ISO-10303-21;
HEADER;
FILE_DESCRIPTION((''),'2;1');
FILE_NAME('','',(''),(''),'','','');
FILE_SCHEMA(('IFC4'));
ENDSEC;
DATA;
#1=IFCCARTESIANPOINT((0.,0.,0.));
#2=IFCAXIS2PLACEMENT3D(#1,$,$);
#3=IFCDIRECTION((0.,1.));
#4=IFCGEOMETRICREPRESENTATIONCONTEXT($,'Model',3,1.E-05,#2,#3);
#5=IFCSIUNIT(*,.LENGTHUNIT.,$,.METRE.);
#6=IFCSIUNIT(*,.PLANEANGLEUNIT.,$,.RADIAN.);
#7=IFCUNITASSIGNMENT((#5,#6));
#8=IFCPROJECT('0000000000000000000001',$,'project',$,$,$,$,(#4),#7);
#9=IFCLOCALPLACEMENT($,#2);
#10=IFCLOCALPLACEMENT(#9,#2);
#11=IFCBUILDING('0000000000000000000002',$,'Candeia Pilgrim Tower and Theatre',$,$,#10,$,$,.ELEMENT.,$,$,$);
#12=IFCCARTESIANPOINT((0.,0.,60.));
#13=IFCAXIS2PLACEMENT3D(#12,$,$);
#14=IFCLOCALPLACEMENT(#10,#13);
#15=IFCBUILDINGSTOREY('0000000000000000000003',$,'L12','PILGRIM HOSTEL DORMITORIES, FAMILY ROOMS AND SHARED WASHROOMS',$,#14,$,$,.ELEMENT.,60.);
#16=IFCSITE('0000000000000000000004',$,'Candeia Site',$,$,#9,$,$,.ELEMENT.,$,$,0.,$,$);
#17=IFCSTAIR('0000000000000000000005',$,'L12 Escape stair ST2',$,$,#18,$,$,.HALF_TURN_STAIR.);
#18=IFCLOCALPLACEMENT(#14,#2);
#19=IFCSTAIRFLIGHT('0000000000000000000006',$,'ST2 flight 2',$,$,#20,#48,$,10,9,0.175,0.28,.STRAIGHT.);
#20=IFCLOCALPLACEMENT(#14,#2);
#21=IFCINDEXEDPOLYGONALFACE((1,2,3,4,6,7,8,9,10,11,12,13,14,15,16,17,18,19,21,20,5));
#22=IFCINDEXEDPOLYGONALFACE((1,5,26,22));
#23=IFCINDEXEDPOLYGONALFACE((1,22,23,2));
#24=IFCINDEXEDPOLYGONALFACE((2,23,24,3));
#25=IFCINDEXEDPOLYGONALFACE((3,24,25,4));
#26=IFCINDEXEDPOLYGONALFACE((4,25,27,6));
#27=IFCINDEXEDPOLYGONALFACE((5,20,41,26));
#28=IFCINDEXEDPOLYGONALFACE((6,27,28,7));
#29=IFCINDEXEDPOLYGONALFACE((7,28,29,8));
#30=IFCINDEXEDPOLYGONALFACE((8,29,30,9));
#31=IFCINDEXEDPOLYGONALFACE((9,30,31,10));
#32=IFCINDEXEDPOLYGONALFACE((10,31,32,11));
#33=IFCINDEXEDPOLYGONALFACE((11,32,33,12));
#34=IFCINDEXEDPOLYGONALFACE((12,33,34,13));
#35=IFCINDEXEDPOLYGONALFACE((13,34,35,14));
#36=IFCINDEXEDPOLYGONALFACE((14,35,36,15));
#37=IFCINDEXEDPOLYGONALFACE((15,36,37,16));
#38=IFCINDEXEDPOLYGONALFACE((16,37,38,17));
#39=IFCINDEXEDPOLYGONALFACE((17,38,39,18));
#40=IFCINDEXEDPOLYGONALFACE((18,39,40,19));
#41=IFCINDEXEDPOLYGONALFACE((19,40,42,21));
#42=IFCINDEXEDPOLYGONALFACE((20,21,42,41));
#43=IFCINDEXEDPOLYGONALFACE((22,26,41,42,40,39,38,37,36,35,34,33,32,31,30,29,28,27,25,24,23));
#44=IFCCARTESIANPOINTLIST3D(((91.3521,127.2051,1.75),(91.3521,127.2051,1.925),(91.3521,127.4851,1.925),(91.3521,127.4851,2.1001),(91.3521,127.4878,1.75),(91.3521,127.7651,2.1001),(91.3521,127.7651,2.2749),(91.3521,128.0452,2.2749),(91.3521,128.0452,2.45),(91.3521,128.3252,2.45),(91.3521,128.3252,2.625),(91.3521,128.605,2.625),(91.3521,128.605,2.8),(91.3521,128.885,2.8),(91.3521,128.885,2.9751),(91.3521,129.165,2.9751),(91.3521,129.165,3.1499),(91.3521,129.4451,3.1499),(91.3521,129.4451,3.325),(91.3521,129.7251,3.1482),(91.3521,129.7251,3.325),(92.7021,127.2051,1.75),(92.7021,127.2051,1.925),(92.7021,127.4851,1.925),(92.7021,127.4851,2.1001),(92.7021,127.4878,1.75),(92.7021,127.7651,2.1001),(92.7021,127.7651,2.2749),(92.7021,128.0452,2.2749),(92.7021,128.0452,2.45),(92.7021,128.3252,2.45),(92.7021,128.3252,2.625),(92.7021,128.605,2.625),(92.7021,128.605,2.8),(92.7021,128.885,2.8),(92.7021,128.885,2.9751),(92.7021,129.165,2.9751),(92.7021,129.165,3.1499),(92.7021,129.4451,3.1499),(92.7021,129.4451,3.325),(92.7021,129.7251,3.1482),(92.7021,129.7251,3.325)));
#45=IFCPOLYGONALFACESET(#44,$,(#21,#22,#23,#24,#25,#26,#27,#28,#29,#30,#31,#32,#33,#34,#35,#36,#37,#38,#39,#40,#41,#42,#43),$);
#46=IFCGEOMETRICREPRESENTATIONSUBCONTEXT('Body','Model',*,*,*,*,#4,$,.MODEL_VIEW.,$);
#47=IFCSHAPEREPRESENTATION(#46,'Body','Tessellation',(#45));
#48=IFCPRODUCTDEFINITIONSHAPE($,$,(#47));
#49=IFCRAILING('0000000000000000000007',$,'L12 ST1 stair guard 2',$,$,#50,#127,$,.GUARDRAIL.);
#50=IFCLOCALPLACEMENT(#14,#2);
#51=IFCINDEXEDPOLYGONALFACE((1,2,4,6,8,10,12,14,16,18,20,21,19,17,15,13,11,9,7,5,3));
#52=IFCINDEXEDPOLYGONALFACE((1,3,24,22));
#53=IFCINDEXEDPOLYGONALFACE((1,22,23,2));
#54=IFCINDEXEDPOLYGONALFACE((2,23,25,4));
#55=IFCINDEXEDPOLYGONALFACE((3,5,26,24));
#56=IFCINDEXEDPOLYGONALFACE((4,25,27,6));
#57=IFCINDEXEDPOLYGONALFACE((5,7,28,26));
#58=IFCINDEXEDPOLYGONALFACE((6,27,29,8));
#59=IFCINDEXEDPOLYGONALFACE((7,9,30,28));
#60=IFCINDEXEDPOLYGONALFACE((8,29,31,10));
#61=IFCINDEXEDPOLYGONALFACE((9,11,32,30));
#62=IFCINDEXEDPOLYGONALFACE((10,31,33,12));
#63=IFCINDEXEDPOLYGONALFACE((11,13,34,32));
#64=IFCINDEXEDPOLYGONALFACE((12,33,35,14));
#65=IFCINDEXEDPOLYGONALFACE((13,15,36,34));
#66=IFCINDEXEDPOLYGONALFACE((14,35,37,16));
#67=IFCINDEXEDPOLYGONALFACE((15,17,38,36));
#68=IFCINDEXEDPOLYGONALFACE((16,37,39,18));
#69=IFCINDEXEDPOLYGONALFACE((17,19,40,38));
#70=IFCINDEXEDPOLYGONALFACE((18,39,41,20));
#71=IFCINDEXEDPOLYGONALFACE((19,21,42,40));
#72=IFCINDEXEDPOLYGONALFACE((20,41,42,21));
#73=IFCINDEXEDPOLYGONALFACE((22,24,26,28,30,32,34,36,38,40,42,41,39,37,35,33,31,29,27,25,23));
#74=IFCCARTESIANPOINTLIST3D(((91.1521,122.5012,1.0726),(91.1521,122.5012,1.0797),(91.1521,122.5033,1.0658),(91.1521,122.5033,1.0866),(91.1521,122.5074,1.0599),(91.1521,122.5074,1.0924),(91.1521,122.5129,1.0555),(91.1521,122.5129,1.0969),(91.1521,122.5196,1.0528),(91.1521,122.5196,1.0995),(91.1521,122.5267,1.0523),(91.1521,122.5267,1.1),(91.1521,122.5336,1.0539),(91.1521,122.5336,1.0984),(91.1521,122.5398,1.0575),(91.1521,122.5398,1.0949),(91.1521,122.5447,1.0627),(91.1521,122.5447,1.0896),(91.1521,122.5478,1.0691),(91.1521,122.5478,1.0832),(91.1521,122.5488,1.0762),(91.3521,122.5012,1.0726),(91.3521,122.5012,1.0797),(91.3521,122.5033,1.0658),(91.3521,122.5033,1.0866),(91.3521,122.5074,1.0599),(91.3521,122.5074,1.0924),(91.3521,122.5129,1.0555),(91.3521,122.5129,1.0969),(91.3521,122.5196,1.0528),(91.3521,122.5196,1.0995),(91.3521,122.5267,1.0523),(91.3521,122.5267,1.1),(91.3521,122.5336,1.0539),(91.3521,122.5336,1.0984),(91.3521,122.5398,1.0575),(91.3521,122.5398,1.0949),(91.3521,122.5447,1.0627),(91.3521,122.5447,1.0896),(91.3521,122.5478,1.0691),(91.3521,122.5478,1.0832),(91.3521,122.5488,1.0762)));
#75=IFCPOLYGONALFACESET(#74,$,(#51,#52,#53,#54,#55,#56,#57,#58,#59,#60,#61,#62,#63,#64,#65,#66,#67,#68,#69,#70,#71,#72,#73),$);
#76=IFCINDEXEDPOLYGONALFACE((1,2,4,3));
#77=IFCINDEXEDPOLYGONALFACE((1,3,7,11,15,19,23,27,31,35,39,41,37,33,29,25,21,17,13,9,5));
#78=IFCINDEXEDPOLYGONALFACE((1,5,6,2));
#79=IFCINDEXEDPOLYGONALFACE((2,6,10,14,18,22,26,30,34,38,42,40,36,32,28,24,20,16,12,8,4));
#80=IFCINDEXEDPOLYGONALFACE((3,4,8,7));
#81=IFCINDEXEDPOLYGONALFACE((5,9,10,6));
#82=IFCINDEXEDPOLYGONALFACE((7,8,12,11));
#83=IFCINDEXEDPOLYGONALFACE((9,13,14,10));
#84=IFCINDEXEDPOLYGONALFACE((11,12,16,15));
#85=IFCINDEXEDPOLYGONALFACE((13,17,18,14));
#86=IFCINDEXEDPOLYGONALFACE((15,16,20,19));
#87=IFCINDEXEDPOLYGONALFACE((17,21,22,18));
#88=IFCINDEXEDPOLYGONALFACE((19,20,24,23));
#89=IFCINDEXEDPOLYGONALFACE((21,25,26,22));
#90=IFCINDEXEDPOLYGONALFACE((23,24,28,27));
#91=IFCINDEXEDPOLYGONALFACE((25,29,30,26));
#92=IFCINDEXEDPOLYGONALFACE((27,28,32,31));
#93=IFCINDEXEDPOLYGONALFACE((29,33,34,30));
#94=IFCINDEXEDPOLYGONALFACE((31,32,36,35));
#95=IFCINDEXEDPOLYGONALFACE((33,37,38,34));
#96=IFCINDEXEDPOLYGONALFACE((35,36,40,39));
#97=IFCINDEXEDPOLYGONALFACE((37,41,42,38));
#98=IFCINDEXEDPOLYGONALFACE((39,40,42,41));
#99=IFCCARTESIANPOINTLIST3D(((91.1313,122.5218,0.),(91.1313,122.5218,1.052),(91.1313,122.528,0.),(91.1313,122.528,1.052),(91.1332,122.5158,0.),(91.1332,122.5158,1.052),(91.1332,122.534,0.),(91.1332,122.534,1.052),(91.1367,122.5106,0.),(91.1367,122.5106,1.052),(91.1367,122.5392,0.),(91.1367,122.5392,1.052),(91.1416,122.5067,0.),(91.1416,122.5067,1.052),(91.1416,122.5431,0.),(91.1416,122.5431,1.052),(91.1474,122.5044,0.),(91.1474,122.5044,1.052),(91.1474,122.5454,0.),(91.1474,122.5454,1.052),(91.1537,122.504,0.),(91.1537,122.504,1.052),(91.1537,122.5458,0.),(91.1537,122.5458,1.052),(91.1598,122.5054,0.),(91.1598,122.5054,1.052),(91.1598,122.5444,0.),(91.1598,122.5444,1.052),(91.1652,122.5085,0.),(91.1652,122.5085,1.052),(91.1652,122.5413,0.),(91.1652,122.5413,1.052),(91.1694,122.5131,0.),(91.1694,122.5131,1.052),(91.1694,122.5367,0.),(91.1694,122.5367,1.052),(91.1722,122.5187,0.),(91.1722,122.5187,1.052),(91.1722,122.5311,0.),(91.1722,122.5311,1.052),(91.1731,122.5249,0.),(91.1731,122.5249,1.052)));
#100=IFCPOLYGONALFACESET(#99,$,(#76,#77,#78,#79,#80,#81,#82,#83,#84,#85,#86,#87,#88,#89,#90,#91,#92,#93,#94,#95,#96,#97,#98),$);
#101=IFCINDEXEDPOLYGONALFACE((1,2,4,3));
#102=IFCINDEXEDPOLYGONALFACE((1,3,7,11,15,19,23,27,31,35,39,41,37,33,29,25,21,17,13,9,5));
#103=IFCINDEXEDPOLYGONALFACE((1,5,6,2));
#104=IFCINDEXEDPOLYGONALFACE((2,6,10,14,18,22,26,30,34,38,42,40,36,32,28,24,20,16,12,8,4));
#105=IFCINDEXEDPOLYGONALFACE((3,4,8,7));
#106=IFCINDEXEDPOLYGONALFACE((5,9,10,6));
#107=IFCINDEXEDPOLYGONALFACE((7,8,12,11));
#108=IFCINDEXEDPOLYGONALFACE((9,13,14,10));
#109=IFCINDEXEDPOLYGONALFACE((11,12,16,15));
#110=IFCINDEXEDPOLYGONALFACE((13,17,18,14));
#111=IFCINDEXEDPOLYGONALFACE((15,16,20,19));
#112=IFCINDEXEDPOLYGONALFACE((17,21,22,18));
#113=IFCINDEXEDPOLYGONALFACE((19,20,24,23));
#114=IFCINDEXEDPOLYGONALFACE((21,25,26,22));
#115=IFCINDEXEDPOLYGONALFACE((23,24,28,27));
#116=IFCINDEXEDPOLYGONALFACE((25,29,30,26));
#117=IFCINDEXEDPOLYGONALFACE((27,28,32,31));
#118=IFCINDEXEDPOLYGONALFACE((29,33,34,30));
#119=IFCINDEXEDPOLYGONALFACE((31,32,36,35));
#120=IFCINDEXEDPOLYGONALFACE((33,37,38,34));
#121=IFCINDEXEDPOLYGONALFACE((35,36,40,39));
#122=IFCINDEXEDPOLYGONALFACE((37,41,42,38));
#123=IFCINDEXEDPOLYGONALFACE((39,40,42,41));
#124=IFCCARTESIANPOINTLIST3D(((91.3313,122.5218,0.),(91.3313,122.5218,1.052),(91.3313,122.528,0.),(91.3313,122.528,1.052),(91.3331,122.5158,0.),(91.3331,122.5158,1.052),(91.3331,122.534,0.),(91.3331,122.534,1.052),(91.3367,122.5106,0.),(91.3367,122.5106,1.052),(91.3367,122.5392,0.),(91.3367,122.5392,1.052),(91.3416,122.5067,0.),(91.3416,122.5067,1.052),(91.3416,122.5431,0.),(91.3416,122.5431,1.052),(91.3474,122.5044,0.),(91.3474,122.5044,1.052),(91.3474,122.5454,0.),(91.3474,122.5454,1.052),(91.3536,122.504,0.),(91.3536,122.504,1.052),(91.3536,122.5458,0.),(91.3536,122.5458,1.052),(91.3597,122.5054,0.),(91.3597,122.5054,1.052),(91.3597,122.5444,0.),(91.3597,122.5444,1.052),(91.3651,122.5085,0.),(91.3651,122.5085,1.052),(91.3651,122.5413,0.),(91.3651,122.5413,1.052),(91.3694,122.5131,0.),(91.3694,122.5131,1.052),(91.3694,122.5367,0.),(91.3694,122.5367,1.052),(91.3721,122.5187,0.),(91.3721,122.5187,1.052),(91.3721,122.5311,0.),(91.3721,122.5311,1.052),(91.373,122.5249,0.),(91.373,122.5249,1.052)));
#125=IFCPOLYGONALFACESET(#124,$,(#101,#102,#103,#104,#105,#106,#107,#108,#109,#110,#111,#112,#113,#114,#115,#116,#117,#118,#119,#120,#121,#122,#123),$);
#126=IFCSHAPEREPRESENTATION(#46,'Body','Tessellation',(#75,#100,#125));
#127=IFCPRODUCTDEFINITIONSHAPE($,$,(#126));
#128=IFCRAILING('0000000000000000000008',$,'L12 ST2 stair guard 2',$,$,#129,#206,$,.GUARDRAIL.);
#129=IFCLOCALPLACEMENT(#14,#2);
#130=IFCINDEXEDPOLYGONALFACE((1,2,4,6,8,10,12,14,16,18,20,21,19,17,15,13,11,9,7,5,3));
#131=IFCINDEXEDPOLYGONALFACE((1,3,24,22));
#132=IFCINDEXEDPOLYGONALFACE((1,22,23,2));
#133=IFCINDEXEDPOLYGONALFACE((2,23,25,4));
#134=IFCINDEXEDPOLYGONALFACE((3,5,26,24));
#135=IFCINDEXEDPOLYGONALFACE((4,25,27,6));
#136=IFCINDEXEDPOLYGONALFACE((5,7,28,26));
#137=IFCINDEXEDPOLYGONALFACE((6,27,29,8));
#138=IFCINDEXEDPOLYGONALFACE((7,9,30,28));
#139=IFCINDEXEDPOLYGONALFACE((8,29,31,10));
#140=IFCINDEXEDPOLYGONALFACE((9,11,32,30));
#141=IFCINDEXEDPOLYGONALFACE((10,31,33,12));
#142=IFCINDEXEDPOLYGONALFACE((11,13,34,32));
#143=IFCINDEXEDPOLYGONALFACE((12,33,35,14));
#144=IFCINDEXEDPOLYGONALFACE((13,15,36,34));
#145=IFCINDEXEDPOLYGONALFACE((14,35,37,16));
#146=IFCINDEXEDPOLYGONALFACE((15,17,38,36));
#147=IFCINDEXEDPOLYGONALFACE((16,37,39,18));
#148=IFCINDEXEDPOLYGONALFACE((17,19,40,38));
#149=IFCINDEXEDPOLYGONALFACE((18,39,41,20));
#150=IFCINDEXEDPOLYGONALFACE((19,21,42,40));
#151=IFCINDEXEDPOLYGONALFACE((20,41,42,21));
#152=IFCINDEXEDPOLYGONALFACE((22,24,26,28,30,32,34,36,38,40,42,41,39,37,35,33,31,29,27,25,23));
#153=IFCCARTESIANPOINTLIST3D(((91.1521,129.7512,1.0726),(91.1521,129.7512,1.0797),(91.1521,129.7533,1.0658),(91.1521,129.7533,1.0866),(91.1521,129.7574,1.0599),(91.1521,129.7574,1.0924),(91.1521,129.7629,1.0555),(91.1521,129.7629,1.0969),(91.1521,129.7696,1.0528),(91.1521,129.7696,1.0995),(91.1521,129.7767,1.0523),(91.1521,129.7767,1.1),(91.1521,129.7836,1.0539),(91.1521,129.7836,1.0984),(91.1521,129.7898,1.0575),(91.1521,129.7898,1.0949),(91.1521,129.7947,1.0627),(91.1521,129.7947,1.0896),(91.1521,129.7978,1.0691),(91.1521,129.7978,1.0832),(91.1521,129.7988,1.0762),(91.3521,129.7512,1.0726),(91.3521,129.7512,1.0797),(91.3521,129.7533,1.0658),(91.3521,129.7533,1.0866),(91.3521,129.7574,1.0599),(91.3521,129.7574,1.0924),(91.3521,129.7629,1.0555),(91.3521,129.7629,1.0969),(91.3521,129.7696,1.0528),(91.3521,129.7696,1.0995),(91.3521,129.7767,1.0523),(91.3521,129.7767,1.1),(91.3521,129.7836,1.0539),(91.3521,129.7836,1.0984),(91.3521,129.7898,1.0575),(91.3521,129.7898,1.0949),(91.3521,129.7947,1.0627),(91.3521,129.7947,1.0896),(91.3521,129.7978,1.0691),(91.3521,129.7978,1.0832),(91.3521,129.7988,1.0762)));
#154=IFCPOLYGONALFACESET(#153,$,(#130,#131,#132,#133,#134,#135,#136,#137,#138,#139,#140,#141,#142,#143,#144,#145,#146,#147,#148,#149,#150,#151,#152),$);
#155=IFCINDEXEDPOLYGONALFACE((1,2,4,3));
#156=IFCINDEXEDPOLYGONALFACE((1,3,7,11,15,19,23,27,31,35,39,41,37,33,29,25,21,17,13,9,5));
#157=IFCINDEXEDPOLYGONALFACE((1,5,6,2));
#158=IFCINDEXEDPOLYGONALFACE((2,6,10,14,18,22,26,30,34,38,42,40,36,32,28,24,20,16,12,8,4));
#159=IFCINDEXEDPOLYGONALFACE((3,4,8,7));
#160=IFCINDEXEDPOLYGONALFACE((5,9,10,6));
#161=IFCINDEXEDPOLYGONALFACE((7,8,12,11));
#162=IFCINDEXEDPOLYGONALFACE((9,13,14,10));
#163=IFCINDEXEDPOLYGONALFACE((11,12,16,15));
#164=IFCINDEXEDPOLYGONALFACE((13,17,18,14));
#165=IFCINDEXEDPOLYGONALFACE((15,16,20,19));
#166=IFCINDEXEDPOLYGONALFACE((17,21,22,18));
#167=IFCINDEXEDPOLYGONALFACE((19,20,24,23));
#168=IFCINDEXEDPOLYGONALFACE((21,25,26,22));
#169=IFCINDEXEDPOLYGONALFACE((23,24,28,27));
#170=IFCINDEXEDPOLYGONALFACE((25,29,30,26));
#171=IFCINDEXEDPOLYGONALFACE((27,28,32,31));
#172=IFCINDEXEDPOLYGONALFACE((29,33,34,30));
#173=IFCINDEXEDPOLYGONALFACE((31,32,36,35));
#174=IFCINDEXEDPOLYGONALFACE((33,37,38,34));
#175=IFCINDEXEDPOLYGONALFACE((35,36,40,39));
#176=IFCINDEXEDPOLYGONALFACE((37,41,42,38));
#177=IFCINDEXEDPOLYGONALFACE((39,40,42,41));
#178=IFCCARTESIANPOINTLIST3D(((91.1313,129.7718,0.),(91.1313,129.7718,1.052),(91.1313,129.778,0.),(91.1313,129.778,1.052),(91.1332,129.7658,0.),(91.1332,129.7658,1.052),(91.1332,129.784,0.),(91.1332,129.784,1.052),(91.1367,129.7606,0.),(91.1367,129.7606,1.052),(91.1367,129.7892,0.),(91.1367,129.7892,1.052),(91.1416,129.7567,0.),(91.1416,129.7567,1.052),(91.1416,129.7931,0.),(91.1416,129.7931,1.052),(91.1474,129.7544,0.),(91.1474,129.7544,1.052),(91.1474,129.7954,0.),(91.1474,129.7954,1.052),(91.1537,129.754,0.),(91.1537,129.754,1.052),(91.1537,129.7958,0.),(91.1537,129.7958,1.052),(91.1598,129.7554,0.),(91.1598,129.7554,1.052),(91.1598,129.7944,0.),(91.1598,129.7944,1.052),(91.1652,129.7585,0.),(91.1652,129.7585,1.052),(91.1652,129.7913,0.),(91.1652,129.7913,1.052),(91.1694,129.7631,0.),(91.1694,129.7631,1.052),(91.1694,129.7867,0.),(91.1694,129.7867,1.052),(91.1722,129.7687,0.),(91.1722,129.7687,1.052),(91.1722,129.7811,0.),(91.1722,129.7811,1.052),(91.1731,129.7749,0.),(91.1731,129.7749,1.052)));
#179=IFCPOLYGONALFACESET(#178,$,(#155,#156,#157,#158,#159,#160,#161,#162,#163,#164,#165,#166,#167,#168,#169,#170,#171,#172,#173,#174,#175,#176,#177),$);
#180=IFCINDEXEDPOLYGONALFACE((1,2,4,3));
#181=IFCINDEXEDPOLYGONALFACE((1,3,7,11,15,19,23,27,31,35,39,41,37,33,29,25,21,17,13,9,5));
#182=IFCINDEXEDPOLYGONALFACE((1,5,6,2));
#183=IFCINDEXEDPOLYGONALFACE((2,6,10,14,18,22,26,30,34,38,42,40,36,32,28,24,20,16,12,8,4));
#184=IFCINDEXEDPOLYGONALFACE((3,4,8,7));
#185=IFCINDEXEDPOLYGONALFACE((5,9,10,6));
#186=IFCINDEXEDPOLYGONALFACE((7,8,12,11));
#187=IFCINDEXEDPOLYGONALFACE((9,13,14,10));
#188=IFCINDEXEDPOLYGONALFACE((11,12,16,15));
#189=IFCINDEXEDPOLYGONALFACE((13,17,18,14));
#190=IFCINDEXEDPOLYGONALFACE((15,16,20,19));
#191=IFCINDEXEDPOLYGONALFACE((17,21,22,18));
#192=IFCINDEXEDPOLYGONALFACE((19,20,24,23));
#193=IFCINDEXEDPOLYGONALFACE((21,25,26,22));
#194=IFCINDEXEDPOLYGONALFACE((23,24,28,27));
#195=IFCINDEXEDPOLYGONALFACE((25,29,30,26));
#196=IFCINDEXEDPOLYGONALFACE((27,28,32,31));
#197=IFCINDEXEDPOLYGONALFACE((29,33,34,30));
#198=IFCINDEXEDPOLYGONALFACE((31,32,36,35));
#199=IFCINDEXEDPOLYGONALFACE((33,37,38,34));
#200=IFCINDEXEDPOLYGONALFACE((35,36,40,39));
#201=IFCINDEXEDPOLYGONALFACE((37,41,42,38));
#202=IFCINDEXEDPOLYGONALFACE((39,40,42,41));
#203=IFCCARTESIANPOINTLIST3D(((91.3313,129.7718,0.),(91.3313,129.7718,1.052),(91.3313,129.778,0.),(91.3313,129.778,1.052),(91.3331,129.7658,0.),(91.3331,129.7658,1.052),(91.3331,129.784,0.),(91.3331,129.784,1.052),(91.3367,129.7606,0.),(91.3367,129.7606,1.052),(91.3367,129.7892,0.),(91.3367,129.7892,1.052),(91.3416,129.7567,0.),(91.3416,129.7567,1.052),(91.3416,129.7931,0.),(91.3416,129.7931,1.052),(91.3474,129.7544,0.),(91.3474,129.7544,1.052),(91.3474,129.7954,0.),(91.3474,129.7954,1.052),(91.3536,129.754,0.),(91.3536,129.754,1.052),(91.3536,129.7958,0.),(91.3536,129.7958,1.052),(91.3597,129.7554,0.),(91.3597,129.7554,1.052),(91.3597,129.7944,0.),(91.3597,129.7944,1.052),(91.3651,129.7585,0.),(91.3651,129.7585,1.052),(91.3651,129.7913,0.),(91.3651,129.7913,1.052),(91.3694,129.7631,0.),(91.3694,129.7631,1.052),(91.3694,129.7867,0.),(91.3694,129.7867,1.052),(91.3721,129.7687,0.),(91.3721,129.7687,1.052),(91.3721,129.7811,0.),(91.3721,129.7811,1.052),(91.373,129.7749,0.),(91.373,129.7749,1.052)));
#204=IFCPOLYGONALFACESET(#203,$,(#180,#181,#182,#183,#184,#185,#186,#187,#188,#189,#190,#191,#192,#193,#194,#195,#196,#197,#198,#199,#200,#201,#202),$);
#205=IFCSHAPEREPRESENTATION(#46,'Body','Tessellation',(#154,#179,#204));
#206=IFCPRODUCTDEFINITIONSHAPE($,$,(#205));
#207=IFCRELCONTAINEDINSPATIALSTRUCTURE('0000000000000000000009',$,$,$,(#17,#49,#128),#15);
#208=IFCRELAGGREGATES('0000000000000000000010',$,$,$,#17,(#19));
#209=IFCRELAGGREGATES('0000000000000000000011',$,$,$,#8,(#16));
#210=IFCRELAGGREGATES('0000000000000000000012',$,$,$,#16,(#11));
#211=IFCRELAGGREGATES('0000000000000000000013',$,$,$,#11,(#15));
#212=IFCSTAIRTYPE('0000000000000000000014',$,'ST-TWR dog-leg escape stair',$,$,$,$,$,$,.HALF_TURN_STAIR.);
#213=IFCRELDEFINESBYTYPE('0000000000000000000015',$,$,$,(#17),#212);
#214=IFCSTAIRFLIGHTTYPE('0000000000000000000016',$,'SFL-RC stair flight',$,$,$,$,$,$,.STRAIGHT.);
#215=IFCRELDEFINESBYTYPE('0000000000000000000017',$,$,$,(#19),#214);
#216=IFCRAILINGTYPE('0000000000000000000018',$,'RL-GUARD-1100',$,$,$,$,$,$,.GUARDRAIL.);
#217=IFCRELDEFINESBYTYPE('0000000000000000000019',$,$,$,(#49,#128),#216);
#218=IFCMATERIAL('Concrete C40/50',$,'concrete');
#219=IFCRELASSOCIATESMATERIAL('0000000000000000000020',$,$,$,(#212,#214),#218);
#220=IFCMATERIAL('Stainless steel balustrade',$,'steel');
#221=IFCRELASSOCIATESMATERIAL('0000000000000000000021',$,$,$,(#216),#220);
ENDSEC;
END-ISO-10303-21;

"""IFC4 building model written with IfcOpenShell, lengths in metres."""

from ifc_helpers import new_model, si_unit, direction, frame, origin, origin_2d, place, context, subcontext, project, spatial, polyline, circle, outline, extrude, material, type_object, element, aggregate, save


model = new_model("IFC4")

# Units and contexts
model_context = context("Model", 3, precision=1e-05, world=origin(), true_north=direction((0.0, 1.0)))
body_context = subcontext(model_context, "Body", "Model", "MODEL_VIEW")
ifc_project = project(units=[si_unit("LENGTHUNIT", "METRE"), si_unit("PLANEANGLEUNIT", "RADIAN")], contexts=[model_context])

# Site, building, storey
site_placement = place(None, origin())
site = spatial("IfcSite", under=ifc_project, at=site_placement, Name="Candeia Site", CompositionType="ELEMENT", RefElevation=0.0)
building_placement = place(site_placement, origin())
building = spatial("IfcBuilding", under=site, at=building_placement, Name="Candeia Pilgrim Tower and Theatre", CompositionType="ELEMENT")
storey_placement = place(building_placement, frame((0.0, 0.0, 60.0)))
storey = spatial("IfcBuildingStorey", under=building, at=storey_placement, Name="L12", Description="PILGRIM HOSTEL DORMITORIES, FAMILY ROOMS AND SHARED WASHROOMS", CompositionType="ELEMENT", Elevation=60.0)

# Shared definitions
ifc_material_1 = material(Name="Concrete C40/50", Category="concrete")

# Shared definitions
stair_type = type_object("IfcStairType", Name="ST-TWR dog-leg escape stair", PredefinedType="HALF_TURN_STAIR", material=ifc_material_1)
stair_flight_type = type_object("IfcStairFlightType", Name="SFL-RC stair flight", PredefinedType="STRAIGHT", material=ifc_material_1)

# Stair, stair flight
stair_1_placement = place(storey_placement, origin())
stair_1 = element("IfcStair", 1, at=stair_1_placement, inside=storey, type_object=stair_type, Name="L12 Escape stair ST2", PredefinedType="HALF_TURN_STAIR")
stair_flight_1_placement = place(storey_placement, frame((92.0271, 127.2051, 1.75), z_axis=(0.0, 0.0, 1.0), x_axis=(0.0, 1.0, 0.0)))
stair_flight_1 = element("IfcStairFlight", 2, at=stair_flight_1_placement, type_object=stair_flight_type, Name="ST2 flight 2", NumberOfRisers=10, NumberOfTreads=9, PredefinedType="STRAIGHT", RiserHeight=0.175, TreadLength=0.28, context=body_context, shape_type="SweptSolid", body=[
    extrude(outline(polyline([(0.0, 0.0), (0.0, 0.175), (0.28, 0.175), (0.28, 0.3501), (0.5601, 0.3501), (0.5601, 0.5249), (0.8401, 0.5249), (0.8401, 0.7), (1.1201, 0.7), (1.1201, 0.875), (1.3999, 0.875), (1.3999, 1.05), (1.6799, 1.05), (1.6799, 1.2251), (1.96, 1.2251), (1.96, 1.3999), (2.24, 1.3999), (2.24, 1.575), (2.52, 1.575), (2.52, 1.75), (2.52, 1.3982), (0.2827, 0.0), (0.0, 0.0)])), frame((0.0, 0.675, 0.0), z_axis=(0.0, -1.0, 0.0), x_axis=(1.0, 0.0, 0.0)), (0.0, 0.0, 1.0), 1.3501),
])
aggregate(stair_1, [stair_flight_1])

# Railings
ifc_material_2 = material(Name="Stainless steel balustrade", Category="steel")
railing_type_1 = type_object("IfcRailingType", Name="RL-GUARD-1100", PredefinedType="GUARDRAIL", material=ifc_material_2)
railing_1_placement = place(storey_placement, frame((91.1521, 122.5249, 0.0)))
element("IfcRailing", 3, at=railing_1_placement, inside=storey, type_object=railing_type_1, Name="L12 ST1 stair guard 2", PredefinedType="GUARDRAIL", context=body_context, shape_type="SweptSolid", body=[
    extrude(circle(Radius=0.0239, at=origin_2d()), frame((0.0, 0.0, 1.0762), z_axis=(1.0, 0.0, 0.0), x_axis=(0.0, 1.0, 0.0)), (0.0, 0.0, 1.0), 0.2),
    extrude(circle(Radius=0.021, at=origin_2d()), origin(), (0.0, 0.0, 1.0), 1.052),
    extrude(circle(Radius=0.021, at=origin_2d()), frame((0.2, 0.0, 0.0)), (0.0, 0.0, 1.0), 1.052),
])
railing_2_placement = place(storey_placement, frame((91.1521, 129.7749, 0.0)))
element("IfcRailing", 4, at=railing_2_placement, inside=storey, type_object=railing_type_1, Name="L12 ST2 stair guard 2", PredefinedType="GUARDRAIL", context=body_context, shape_type="SweptSolid", body=[
    extrude(circle(Radius=0.0239, at=origin_2d()), frame((0.0, 0.0, 1.0762), z_axis=(1.0, 0.0, 0.0), x_axis=(0.0, 1.0, 0.0)), (0.0, 0.0, 1.0), 0.2),
    extrude(circle(Radius=0.021, at=origin_2d()), origin(), (0.0, 0.0, 1.0), 1.052),
    extrude(circle(Radius=0.021, at=origin_2d()), frame((0.2, 0.0, 0.0)), (0.0, 0.0, 1.0), 1.052),
])

save(model, "model.ifc")
